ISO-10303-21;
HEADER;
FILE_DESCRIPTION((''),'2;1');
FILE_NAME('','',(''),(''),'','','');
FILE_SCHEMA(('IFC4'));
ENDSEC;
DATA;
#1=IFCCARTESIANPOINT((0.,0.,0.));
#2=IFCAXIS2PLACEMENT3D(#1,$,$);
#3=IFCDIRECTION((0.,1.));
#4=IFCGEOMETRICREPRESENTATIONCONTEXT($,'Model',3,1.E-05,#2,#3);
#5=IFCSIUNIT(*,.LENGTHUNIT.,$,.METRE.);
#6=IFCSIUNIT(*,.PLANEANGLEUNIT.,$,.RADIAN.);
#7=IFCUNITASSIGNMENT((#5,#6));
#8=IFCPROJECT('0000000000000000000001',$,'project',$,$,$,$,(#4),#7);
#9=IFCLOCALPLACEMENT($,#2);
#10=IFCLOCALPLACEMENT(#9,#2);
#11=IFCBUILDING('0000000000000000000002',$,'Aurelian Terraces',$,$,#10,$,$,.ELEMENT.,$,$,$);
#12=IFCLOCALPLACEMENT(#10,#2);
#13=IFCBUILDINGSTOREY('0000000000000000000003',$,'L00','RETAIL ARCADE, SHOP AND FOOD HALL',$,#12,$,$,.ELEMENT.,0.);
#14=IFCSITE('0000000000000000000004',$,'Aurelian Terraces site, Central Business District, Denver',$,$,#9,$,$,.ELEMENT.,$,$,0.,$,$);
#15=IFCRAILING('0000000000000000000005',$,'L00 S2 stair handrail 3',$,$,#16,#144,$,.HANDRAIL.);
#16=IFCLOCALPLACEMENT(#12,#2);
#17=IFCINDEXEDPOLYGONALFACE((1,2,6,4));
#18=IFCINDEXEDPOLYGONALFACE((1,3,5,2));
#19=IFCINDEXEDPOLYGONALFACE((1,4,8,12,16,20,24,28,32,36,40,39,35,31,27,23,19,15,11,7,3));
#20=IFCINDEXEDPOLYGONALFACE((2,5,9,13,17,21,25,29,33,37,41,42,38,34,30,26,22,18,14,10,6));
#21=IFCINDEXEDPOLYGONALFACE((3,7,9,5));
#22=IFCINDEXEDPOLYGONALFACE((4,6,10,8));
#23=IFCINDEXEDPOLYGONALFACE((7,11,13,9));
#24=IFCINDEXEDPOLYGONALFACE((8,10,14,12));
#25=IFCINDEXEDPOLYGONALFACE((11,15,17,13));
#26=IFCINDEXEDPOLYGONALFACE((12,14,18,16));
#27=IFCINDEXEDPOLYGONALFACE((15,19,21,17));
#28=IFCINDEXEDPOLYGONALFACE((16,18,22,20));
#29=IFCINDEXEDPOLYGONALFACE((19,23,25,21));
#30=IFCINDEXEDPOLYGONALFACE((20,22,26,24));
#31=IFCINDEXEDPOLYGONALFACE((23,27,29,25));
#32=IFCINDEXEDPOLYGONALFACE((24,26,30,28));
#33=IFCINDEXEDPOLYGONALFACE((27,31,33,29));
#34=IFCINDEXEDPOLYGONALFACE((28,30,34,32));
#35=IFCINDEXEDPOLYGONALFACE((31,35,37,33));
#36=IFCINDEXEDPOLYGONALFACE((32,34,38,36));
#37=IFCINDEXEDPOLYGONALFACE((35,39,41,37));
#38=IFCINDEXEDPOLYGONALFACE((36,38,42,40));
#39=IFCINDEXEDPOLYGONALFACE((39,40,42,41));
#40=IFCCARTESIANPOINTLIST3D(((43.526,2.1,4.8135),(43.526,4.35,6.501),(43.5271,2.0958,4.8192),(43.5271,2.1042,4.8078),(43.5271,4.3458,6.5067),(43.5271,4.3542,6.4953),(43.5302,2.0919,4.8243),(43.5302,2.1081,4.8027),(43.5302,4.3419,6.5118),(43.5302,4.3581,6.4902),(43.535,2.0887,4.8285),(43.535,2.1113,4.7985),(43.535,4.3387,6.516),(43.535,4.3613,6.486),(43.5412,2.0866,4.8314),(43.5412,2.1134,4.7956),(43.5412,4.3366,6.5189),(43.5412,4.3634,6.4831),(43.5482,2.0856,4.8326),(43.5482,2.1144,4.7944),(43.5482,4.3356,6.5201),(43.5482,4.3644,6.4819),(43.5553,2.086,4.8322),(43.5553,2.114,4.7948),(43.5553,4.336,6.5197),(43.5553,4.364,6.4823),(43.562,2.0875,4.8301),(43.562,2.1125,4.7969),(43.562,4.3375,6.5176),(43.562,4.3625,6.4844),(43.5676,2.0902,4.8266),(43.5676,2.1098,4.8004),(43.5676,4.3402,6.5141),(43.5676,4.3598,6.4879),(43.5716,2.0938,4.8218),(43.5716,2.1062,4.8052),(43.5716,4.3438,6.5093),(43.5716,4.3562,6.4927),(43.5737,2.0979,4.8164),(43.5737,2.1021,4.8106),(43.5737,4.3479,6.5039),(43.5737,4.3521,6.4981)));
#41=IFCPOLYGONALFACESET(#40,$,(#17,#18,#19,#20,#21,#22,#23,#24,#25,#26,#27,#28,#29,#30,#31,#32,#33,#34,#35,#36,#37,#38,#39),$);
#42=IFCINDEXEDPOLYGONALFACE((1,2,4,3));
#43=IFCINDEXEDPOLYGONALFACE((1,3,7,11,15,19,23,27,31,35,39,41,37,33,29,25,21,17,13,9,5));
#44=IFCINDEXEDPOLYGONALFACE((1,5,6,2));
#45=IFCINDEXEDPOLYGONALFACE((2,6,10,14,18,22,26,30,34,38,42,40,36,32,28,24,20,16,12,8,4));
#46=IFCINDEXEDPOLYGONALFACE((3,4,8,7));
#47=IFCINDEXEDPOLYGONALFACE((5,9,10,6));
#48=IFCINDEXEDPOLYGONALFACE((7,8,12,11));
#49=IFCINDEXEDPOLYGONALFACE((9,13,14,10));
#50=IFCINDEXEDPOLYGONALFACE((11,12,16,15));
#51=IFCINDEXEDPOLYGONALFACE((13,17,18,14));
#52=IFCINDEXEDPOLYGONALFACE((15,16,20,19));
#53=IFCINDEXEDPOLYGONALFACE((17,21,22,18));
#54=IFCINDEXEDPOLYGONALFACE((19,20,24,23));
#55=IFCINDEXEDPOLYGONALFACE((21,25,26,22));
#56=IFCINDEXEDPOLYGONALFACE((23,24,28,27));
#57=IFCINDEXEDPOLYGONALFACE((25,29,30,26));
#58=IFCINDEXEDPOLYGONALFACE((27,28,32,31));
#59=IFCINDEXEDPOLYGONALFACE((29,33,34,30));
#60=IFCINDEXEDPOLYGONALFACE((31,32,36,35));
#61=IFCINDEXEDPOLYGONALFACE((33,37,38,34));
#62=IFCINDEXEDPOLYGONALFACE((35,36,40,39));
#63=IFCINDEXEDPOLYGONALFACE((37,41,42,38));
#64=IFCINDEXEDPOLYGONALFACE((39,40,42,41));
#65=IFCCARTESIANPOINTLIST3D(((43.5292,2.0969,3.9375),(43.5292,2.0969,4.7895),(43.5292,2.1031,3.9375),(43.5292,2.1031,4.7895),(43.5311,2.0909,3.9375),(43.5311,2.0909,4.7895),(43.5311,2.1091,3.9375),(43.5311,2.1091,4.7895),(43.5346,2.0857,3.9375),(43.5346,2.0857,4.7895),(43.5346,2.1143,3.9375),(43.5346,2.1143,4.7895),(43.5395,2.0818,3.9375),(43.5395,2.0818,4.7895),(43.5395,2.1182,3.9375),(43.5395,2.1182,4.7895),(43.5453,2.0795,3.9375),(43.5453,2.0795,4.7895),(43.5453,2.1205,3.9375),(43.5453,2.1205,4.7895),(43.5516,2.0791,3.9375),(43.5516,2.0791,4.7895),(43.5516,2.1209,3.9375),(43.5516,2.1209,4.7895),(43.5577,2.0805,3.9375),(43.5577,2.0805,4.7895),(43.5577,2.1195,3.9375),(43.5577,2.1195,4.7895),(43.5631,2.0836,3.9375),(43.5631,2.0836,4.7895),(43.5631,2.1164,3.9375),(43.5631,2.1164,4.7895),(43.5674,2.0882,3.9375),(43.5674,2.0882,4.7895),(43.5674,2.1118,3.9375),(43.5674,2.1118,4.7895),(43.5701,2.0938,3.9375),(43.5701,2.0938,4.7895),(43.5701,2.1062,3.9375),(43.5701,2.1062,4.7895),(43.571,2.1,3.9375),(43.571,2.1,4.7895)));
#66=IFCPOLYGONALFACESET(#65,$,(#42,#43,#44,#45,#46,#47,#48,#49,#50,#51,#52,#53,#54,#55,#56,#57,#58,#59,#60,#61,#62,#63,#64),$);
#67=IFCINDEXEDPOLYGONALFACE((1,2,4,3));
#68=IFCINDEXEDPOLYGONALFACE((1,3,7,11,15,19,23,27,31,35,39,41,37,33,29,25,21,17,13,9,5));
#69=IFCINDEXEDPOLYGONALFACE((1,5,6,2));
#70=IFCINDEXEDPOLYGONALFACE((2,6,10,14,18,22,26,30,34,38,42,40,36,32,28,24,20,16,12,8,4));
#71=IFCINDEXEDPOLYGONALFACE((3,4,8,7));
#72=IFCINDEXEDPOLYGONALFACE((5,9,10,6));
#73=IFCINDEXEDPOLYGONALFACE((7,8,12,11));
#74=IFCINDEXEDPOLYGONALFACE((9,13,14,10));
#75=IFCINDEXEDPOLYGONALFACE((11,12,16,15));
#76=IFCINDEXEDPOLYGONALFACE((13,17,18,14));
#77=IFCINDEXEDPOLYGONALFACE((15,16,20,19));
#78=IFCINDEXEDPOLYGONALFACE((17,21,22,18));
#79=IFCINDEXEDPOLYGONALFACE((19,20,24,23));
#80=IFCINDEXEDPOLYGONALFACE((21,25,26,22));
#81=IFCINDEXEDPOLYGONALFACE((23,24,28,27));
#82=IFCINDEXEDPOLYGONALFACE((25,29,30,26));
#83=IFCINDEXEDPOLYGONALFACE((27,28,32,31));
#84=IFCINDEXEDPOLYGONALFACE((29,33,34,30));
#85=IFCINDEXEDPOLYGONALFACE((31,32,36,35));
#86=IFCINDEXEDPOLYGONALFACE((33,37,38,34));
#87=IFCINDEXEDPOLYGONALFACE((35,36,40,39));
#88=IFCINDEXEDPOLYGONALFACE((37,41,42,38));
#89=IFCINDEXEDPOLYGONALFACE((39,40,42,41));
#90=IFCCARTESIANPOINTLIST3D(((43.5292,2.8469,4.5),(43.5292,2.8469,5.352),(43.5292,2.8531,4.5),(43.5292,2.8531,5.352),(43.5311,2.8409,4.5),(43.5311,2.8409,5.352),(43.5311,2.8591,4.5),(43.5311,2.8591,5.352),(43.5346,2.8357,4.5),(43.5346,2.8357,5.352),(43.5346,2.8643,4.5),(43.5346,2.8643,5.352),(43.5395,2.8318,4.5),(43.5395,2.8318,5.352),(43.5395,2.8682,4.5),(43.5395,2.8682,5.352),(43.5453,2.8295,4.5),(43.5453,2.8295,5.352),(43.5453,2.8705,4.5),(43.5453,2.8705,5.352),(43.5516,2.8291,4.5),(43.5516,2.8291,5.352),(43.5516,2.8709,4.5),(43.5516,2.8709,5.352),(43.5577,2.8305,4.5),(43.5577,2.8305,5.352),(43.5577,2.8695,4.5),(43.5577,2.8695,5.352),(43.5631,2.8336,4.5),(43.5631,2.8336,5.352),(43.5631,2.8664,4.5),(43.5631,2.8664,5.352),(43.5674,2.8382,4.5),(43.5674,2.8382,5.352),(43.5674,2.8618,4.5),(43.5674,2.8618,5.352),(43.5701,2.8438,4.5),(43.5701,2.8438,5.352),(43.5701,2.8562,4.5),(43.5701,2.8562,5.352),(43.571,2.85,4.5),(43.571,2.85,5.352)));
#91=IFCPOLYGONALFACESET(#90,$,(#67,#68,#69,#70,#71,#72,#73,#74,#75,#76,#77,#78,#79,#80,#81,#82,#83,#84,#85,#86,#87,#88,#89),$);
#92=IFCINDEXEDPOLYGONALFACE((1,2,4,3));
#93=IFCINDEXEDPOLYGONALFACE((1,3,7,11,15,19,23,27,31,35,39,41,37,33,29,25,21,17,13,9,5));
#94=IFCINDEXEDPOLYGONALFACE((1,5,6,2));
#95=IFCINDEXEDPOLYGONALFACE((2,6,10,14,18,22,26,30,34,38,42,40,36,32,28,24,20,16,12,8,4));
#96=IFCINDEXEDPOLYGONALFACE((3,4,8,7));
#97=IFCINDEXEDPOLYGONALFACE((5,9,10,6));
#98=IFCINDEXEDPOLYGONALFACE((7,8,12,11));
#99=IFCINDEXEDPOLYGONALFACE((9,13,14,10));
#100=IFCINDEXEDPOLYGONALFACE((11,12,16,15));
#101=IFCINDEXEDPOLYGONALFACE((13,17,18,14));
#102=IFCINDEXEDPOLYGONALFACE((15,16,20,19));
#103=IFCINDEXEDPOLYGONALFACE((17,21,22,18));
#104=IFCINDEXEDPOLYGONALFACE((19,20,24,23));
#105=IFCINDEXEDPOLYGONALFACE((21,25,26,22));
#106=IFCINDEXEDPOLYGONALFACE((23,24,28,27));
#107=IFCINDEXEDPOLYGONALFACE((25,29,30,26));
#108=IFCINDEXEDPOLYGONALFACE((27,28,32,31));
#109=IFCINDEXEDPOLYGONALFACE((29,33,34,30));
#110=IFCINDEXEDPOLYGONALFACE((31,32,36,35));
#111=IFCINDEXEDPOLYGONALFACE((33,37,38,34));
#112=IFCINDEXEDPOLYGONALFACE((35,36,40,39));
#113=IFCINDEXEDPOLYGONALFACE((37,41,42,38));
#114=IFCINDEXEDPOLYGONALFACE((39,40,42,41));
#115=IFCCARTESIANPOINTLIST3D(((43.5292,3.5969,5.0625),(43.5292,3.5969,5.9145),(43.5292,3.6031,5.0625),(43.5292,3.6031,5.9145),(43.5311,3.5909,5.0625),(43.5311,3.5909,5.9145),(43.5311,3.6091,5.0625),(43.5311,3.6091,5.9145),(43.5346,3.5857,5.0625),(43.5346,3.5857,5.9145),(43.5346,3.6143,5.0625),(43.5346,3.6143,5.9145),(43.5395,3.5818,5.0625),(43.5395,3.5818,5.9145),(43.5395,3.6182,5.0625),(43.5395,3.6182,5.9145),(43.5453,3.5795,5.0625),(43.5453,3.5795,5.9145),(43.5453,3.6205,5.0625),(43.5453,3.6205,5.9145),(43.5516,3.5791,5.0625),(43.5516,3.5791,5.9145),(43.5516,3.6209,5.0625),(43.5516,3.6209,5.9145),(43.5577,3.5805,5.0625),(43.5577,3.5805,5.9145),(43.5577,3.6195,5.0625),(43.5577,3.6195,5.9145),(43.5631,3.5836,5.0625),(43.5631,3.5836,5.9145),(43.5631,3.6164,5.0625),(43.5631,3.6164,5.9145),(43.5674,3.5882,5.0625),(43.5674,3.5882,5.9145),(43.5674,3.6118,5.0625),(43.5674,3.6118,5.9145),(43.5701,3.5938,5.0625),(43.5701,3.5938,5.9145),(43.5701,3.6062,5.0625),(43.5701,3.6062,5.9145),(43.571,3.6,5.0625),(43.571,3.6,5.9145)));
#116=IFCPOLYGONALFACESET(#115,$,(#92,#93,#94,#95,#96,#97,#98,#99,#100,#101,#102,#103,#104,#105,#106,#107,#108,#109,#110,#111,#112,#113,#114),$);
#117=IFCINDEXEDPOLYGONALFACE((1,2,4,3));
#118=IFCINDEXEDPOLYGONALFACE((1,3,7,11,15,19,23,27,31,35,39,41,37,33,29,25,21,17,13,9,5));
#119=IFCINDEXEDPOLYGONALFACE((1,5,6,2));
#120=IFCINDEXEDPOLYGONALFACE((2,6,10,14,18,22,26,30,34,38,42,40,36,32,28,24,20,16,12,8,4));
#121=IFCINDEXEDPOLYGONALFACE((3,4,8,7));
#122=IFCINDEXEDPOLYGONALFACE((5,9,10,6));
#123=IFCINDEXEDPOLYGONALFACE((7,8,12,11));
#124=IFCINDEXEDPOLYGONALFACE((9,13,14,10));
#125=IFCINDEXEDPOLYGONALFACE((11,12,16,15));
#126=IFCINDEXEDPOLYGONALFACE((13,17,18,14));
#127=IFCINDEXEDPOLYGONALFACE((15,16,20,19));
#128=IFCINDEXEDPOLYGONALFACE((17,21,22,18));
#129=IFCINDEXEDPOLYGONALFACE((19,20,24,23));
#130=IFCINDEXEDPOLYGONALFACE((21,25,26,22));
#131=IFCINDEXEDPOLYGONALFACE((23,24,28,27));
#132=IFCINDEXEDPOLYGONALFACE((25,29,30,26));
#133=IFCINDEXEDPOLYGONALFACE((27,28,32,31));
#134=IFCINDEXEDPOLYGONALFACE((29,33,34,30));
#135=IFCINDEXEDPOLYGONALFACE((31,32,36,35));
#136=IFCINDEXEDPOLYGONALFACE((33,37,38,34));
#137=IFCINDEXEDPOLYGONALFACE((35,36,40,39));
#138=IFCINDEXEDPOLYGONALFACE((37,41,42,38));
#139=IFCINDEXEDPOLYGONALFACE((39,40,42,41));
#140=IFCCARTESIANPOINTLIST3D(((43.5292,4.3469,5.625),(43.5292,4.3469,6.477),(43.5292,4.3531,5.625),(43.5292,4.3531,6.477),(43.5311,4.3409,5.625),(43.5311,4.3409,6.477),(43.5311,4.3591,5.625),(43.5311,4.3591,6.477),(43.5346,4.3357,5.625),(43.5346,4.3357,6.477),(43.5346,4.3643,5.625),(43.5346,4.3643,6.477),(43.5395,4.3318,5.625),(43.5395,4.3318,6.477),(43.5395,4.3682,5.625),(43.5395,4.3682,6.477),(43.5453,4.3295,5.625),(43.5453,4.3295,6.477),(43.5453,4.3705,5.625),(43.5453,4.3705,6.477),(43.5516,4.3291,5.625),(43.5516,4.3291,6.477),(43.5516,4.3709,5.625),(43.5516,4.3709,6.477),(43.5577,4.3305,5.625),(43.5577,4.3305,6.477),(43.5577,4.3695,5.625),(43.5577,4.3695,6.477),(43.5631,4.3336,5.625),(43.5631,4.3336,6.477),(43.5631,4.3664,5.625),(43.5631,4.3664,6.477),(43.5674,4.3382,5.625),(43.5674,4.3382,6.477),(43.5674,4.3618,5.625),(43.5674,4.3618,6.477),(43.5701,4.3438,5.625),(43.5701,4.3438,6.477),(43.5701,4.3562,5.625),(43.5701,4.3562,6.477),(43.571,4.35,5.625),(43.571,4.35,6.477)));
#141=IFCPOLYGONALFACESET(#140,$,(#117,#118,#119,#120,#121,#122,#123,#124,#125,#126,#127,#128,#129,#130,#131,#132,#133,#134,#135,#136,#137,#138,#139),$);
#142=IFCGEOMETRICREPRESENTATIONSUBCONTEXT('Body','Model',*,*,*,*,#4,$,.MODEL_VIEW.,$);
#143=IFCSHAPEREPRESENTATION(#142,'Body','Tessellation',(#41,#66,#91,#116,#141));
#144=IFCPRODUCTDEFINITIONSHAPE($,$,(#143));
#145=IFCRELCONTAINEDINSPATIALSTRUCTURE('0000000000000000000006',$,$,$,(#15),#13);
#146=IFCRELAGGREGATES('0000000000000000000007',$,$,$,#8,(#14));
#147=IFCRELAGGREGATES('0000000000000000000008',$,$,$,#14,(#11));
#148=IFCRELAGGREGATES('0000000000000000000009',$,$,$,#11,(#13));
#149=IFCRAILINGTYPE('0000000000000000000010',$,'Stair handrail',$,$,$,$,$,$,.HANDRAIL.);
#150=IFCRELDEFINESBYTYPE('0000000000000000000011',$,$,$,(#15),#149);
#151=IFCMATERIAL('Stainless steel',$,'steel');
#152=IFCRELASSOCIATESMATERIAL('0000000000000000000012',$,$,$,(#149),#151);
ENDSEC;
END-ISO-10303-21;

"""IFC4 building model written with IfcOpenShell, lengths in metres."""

from ifc_helpers import new_model, si_unit, direction, frame, origin, origin_2d, place, context, subcontext, project, spatial, circle, extrude, source, transform, mapped, material, type_object, element, save


model = new_model("IFC4")

# Units and contexts
model_context = context("Model", 3, precision=1e-05, world=origin(), true_north=direction((0.0, 1.0)))
body_context = subcontext(model_context, "Body", "Model", "MODEL_VIEW")
ifc_project = project(units=[si_unit("LENGTHUNIT", "METRE"), si_unit("PLANEANGLEUNIT", "RADIAN")], contexts=[model_context])

# Site, building, storey
site_placement = place(None, origin())
site = spatial("IfcSite", under=ifc_project, at=site_placement, Name="Aurelian Terraces site, Central Business District, Denver", CompositionType="ELEMENT", RefElevation=0.0)
building_placement = place(site_placement, origin())
building = spatial("IfcBuilding", under=site, at=building_placement, Name="Aurelian Terraces", CompositionType="ELEMENT")
storey_placement = place(building_placement, origin())
storey = spatial("IfcBuildingStorey", under=building, at=storey_placement, Name="L00", Description="RETAIL ARCADE, SHOP AND FOOD HALL", CompositionType="ELEMENT", Elevation=0.0)

# Railing
ifc_material_1 = material(Name="Stainless steel", Category="steel")
railing_type_1 = type_object("IfcRailingType", Name="Stair handrail", PredefinedType="HANDRAIL", material=ifc_material_1)
shared_shape_1 = source(origin(), body_context, "Body", "SweptSolid", [
    extrude(circle(Radius=0.024, at=origin_2d()), frame((0.0, 0.0, 0.876), z_axis=(0.0, 0.8, 0.6), x_axis=(-1.0, 0.0, 0.0)), (0.0, 0.0, 1.0), 2.8125),
    extrude(circle(Radius=0.021, at=origin_2d()), origin(), (0.0, 0.0, 1.0), 0.852),
    extrude(circle(Radius=0.021, at=origin_2d()), frame((0.0, 0.75, 0.5625)), (0.0, 0.0, 1.0), 0.852),
    extrude(circle(Radius=0.021, at=origin_2d()), frame((0.0, 1.5, 1.125)), (0.0, 0.0, 1.0), 0.852),
    extrude(circle(Radius=0.021, at=origin_2d()), frame((0.0, 2.25, 1.6875)), (0.0, 0.0, 1.0), 0.852),
])
for number, where, name in (
    (1, (43.55, 2.1, 3.9375), "L00 S2 stair handrail 3"),
):
    element("IfcRailing", number, at=place(storey_placement, frame(where)), inside=storey, type_object=railing_type_1, Name=name, PredefinedType="HANDRAIL", context=body_context, shape_type="MappedRepresentation", body=[
        mapped(shared_shape_1, transform((0.0, 0.0, 0.0), scale=1.0)),
    ])

save(model, "model.ifc")
